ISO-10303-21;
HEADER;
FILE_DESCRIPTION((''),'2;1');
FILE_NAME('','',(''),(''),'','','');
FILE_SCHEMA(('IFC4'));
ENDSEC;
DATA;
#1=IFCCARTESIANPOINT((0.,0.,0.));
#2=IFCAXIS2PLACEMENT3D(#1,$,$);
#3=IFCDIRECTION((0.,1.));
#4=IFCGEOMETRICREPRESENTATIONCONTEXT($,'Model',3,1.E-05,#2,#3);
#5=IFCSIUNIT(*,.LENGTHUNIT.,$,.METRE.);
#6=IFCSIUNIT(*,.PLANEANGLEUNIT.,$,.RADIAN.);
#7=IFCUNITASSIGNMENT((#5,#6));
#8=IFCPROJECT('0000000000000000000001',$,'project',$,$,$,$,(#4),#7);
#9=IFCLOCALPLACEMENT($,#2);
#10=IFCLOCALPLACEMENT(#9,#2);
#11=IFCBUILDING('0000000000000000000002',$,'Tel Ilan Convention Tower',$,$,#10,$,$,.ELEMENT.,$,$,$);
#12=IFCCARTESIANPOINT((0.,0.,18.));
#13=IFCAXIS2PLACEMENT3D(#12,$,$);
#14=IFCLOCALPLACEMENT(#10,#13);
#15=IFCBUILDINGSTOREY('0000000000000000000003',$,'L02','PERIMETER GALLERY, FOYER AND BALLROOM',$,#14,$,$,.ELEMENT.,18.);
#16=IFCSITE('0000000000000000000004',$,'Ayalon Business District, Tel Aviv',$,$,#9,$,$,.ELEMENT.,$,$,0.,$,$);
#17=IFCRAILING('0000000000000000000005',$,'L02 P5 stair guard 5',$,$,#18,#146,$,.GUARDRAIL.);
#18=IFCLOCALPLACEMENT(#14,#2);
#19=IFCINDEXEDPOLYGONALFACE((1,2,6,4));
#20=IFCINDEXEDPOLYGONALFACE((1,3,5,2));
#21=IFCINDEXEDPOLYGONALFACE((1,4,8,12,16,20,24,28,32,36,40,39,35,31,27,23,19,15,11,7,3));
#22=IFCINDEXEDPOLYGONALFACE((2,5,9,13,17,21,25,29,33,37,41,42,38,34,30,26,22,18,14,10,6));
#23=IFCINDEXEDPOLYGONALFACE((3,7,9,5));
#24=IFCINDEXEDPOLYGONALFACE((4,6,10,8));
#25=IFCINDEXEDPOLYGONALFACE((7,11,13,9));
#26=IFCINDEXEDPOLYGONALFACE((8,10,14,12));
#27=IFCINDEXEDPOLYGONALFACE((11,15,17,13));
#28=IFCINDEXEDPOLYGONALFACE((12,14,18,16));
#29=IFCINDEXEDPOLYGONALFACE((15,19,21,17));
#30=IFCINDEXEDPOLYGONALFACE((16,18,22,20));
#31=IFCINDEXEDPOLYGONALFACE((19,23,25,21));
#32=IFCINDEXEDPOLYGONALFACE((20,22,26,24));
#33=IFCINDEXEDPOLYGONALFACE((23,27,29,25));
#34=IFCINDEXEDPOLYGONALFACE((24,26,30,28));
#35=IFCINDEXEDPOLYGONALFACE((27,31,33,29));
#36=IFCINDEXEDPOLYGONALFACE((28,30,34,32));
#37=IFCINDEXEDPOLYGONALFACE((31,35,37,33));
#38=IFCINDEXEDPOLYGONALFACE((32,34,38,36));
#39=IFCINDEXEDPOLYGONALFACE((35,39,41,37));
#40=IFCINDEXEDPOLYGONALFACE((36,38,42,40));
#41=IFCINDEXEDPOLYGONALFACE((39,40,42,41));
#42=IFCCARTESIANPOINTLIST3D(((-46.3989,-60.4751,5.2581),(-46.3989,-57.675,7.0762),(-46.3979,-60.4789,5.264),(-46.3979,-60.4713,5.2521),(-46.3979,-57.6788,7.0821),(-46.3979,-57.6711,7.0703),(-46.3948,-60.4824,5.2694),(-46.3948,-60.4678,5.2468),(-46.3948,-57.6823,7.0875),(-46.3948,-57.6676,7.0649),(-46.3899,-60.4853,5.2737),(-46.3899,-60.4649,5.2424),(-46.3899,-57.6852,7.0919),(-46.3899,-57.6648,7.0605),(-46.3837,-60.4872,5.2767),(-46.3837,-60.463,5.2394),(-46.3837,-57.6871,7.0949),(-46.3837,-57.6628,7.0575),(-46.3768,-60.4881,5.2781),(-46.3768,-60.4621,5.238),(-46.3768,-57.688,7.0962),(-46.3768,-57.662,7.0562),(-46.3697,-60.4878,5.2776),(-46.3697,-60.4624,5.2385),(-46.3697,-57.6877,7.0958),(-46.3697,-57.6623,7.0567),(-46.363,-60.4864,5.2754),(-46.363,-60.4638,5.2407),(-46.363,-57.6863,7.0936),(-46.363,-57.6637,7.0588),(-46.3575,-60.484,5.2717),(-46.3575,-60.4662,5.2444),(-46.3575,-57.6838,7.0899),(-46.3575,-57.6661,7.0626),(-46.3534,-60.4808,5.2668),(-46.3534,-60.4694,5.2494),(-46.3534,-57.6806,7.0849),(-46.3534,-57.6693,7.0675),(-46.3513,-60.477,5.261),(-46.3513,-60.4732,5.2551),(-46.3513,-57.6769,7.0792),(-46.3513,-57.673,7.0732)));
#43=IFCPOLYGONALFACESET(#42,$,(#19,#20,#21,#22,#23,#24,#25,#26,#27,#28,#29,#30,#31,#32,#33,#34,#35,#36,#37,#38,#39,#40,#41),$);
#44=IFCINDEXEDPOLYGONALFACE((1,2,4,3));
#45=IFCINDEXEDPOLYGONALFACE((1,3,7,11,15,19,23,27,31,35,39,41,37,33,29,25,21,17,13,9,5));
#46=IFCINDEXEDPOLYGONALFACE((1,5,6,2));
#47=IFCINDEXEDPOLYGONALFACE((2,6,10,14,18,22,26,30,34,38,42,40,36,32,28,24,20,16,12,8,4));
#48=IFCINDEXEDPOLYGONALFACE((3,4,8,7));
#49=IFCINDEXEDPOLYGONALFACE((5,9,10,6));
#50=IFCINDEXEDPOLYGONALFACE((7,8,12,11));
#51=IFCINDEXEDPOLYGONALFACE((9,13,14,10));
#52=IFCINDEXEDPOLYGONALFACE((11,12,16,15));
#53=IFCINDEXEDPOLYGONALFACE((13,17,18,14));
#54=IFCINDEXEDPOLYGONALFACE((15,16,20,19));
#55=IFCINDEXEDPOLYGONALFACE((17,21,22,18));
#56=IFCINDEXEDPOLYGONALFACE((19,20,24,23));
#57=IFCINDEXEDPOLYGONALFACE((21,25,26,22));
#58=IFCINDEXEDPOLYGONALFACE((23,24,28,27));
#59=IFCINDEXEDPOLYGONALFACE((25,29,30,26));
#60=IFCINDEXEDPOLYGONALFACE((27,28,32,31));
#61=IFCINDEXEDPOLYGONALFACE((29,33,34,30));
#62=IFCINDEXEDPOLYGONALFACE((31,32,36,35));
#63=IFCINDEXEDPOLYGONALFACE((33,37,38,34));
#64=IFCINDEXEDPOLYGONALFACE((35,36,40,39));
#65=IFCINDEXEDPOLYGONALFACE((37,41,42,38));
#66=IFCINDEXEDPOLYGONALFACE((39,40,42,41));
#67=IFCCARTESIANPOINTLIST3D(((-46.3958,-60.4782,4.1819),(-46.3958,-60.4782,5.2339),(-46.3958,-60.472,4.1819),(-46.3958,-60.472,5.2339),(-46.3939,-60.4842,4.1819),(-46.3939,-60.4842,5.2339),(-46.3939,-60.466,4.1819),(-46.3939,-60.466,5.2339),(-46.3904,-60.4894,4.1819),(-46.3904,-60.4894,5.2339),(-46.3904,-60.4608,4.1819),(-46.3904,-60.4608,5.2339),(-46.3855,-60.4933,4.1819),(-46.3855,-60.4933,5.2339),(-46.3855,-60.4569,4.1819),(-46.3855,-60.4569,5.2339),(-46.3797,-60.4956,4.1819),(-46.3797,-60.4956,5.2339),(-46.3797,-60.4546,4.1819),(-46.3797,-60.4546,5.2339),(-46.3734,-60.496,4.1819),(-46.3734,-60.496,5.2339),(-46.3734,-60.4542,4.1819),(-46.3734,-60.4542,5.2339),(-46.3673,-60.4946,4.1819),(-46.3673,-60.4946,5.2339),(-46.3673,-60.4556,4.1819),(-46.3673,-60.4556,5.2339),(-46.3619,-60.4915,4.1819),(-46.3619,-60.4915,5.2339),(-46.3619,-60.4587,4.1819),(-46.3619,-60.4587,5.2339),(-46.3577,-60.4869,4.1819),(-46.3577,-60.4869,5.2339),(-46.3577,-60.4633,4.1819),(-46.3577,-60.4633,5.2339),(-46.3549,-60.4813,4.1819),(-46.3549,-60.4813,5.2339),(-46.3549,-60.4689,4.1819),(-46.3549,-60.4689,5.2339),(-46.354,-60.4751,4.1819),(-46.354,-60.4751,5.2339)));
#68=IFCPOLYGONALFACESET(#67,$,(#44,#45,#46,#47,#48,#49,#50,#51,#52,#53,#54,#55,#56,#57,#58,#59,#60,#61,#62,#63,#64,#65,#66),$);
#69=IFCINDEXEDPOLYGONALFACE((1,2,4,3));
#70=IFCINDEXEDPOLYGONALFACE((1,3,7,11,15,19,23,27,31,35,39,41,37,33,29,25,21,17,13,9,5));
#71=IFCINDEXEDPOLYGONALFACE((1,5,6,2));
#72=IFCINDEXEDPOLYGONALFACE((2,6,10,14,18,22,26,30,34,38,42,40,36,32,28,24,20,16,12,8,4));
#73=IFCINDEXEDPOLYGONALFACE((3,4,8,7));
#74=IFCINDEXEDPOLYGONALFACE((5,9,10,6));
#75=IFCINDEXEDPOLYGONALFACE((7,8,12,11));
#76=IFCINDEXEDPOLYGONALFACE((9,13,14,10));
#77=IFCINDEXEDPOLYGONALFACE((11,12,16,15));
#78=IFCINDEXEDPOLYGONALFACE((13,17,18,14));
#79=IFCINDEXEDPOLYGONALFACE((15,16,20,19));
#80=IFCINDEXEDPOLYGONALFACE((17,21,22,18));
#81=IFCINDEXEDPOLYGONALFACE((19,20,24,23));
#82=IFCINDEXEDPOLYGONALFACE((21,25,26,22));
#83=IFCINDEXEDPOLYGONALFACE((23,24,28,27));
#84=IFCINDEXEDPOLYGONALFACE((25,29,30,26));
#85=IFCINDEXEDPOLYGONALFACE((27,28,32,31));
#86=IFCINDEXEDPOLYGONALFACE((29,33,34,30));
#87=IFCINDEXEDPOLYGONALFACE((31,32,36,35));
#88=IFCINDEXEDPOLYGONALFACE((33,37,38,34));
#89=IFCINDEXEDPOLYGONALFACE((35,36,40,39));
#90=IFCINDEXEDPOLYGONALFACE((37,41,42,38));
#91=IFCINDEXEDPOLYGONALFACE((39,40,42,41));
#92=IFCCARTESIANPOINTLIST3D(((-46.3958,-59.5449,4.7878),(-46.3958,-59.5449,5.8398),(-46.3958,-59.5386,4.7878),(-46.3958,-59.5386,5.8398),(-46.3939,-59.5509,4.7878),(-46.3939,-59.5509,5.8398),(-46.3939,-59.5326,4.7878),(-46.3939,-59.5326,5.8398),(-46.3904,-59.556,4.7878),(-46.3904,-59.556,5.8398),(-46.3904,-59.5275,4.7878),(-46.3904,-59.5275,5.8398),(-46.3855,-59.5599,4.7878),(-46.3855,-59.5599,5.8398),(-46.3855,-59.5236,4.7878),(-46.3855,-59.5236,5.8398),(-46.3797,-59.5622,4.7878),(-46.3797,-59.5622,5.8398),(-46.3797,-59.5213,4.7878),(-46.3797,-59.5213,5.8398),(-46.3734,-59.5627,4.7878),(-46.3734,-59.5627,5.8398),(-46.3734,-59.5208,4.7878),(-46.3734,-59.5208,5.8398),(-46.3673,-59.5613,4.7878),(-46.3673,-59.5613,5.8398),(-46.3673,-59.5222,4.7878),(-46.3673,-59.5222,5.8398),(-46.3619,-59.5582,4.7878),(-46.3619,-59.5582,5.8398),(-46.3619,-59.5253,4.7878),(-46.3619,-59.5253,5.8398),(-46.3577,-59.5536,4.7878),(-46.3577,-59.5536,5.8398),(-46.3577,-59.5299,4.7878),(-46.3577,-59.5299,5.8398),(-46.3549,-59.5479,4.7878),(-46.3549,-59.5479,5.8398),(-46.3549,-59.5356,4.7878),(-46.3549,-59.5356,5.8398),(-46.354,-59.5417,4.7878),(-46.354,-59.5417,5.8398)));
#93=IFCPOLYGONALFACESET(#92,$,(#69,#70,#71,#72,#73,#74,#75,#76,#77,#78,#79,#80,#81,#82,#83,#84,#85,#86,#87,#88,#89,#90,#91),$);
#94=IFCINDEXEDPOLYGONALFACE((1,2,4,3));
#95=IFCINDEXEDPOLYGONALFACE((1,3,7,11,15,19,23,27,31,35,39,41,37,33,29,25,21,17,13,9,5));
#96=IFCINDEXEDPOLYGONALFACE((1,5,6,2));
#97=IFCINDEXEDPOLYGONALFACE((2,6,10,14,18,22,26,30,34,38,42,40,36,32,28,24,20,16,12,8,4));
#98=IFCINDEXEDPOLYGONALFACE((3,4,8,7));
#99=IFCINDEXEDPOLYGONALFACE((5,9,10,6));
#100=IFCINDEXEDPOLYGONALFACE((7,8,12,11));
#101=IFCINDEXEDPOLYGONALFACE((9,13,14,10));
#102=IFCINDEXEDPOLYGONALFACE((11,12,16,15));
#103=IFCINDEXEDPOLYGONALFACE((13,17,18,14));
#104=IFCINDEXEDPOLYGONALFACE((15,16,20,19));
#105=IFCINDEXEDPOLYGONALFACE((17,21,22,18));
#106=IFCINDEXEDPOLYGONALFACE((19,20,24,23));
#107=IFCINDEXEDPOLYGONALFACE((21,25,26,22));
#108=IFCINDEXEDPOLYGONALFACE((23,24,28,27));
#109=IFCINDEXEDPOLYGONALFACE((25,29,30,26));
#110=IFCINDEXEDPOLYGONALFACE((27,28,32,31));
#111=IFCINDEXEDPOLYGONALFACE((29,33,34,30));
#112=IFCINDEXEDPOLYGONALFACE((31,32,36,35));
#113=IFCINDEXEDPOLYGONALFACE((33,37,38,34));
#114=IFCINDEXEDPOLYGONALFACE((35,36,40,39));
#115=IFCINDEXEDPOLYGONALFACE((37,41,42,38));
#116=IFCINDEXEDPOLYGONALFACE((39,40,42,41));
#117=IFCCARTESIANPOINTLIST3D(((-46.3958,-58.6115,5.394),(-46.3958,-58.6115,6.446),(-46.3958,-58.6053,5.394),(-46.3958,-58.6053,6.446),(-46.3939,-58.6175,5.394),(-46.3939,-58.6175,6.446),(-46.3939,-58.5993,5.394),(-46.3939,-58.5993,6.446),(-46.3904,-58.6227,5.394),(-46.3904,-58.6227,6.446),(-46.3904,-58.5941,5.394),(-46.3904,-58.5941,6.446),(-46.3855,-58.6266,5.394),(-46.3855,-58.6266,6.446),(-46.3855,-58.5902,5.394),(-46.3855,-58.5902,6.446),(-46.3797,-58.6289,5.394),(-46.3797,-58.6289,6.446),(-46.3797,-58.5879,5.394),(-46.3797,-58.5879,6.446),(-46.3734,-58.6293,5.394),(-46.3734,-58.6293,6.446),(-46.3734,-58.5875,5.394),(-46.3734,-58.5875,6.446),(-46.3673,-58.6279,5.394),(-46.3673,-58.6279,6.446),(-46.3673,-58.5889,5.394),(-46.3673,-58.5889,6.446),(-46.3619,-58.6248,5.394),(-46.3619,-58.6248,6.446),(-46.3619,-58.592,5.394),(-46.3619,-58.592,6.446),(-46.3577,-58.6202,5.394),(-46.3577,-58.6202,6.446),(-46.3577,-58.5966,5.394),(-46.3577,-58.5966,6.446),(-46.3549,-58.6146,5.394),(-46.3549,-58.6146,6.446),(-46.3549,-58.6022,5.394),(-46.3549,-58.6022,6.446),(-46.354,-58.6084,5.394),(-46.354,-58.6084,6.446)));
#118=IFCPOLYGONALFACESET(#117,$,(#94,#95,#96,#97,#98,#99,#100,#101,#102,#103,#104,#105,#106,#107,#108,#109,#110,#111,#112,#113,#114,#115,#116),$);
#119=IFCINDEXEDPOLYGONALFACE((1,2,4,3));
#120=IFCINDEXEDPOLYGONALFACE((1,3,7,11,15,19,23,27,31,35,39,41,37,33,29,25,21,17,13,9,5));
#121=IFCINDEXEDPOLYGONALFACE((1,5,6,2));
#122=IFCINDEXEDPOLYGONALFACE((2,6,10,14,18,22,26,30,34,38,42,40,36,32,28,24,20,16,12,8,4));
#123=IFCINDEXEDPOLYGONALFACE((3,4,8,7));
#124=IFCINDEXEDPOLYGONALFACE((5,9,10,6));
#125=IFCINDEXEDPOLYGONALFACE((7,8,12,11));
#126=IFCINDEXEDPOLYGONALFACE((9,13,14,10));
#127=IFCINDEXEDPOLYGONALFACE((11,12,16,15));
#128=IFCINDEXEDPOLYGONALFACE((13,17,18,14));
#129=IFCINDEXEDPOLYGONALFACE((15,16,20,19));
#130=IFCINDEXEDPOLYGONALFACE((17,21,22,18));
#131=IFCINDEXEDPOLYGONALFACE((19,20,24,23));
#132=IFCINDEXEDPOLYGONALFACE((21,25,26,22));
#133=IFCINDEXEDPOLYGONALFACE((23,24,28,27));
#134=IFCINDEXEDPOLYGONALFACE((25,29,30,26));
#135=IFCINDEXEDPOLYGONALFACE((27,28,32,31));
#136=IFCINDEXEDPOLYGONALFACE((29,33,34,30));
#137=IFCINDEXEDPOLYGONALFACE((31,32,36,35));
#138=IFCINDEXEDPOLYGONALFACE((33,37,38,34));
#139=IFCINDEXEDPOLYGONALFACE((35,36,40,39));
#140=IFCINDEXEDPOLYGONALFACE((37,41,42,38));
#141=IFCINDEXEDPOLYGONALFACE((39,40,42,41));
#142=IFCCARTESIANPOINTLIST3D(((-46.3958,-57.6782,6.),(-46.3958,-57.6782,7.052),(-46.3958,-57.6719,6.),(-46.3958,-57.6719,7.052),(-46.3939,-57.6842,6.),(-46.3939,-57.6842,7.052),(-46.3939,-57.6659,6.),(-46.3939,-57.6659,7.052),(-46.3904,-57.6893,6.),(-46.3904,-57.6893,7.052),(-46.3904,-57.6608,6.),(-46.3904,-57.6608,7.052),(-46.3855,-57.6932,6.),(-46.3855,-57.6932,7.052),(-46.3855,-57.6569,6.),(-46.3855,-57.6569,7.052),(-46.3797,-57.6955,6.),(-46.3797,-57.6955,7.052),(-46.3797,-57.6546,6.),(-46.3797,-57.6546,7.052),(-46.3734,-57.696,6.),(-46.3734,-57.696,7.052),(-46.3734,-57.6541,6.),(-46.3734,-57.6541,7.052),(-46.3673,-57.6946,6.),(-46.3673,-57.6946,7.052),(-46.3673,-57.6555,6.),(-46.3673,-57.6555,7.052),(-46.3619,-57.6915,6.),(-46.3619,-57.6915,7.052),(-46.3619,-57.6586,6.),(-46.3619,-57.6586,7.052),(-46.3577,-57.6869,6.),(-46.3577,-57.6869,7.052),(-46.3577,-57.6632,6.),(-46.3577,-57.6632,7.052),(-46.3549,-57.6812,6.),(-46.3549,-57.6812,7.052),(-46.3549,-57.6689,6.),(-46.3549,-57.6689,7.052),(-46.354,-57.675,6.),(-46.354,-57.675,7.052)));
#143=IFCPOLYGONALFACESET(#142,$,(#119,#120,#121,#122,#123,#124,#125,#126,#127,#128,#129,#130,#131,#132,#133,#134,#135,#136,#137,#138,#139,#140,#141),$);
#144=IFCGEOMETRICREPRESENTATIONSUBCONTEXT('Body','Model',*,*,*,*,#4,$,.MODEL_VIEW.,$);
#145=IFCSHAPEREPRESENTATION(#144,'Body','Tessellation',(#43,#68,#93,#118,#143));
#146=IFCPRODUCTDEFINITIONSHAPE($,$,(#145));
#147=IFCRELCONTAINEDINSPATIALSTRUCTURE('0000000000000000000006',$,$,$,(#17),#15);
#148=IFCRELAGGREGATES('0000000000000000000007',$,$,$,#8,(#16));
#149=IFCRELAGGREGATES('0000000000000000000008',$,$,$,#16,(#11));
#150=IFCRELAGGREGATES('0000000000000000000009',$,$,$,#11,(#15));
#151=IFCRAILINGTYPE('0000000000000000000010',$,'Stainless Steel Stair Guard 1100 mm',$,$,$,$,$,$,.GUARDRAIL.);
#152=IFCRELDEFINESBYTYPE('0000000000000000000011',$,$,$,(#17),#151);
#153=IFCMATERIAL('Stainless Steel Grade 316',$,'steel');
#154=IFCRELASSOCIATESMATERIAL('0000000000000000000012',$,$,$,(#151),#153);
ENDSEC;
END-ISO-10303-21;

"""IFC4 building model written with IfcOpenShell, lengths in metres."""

from ifc_helpers import new_model, si_unit, direction, frame, origin, origin_2d, place, context, subcontext, project, spatial, circle, extrude, material, type_object, element, save


model = new_model("IFC4")

# Units and contexts
model_context = context("Model", 3, precision=1e-05, world=origin(), true_north=direction((0.0, 1.0)))
body_context = subcontext(model_context, "Body", "Model", "MODEL_VIEW")
ifc_project = project(units=[si_unit("LENGTHUNIT", "METRE"), si_unit("PLANEANGLEUNIT", "RADIAN")], contexts=[model_context])

# Site, building, storey
site_placement = place(None, origin())
site = spatial("IfcSite", under=ifc_project, at=site_placement, Name="Ayalon Business District, Tel Aviv", CompositionType="ELEMENT", RefElevation=0.0)
building_placement = place(site_placement, origin())
building = spatial("IfcBuilding", under=site, at=building_placement, Name="Tel Ilan Convention Tower", CompositionType="ELEMENT")
storey_placement = place(building_placement, frame((0.0, 0.0, 18.0)))
storey = spatial("IfcBuildingStorey", under=building, at=storey_placement, Name="L02", Description="PERIMETER GALLERY, FOYER AND BALLROOM", CompositionType="ELEMENT", Elevation=18.0)

# Railing
ifc_material_1 = material(Name="Stainless Steel Grade 316", Category="steel")
railing_type_1 = type_object("IfcRailingType", Name="Stainless Steel Stair Guard 1100 mm", PredefinedType="GUARDRAIL", material=ifc_material_1)
railing_1_placement = place(storey_placement, frame((-46.375, -60.4751, 4.1819)))
element("IfcRailing", 1, at=railing_1_placement, inside=storey, type_object=railing_type_1, Name="L02 P5 stair guard 5", PredefinedType="GUARDRAIL", context=body_context, shape_type="SweptSolid", body=[
    extrude(circle(Radius=0.0239, at=origin_2d()), frame((0.0, 0.0, 1.0762), z_axis=(0.0, 0.838706, 0.544585), x_axis=(-1.0, 0.0, 0.0)), (0.0, 0.0, 1.0), 3.3386),
    extrude(circle(Radius=0.021, at=origin_2d()), origin(), (0.0, 0.0, 1.0), 1.052),
    extrude(circle(Radius=0.021, at=origin_2d()), frame((0.0, 0.9333, 0.606)), (0.0, 0.0, 1.0), 1.052),
    extrude(circle(Radius=0.021, at=origin_2d()), frame((0.0, 1.8667, 1.2122)), (0.0, 0.0, 1.0), 1.052),
    extrude(circle(Radius=0.021, at=origin_2d()), frame((0.0, 2.8, 1.8181)), (0.0, 0.0, 1.0), 1.052),
])

save(model, "model.ifc")
